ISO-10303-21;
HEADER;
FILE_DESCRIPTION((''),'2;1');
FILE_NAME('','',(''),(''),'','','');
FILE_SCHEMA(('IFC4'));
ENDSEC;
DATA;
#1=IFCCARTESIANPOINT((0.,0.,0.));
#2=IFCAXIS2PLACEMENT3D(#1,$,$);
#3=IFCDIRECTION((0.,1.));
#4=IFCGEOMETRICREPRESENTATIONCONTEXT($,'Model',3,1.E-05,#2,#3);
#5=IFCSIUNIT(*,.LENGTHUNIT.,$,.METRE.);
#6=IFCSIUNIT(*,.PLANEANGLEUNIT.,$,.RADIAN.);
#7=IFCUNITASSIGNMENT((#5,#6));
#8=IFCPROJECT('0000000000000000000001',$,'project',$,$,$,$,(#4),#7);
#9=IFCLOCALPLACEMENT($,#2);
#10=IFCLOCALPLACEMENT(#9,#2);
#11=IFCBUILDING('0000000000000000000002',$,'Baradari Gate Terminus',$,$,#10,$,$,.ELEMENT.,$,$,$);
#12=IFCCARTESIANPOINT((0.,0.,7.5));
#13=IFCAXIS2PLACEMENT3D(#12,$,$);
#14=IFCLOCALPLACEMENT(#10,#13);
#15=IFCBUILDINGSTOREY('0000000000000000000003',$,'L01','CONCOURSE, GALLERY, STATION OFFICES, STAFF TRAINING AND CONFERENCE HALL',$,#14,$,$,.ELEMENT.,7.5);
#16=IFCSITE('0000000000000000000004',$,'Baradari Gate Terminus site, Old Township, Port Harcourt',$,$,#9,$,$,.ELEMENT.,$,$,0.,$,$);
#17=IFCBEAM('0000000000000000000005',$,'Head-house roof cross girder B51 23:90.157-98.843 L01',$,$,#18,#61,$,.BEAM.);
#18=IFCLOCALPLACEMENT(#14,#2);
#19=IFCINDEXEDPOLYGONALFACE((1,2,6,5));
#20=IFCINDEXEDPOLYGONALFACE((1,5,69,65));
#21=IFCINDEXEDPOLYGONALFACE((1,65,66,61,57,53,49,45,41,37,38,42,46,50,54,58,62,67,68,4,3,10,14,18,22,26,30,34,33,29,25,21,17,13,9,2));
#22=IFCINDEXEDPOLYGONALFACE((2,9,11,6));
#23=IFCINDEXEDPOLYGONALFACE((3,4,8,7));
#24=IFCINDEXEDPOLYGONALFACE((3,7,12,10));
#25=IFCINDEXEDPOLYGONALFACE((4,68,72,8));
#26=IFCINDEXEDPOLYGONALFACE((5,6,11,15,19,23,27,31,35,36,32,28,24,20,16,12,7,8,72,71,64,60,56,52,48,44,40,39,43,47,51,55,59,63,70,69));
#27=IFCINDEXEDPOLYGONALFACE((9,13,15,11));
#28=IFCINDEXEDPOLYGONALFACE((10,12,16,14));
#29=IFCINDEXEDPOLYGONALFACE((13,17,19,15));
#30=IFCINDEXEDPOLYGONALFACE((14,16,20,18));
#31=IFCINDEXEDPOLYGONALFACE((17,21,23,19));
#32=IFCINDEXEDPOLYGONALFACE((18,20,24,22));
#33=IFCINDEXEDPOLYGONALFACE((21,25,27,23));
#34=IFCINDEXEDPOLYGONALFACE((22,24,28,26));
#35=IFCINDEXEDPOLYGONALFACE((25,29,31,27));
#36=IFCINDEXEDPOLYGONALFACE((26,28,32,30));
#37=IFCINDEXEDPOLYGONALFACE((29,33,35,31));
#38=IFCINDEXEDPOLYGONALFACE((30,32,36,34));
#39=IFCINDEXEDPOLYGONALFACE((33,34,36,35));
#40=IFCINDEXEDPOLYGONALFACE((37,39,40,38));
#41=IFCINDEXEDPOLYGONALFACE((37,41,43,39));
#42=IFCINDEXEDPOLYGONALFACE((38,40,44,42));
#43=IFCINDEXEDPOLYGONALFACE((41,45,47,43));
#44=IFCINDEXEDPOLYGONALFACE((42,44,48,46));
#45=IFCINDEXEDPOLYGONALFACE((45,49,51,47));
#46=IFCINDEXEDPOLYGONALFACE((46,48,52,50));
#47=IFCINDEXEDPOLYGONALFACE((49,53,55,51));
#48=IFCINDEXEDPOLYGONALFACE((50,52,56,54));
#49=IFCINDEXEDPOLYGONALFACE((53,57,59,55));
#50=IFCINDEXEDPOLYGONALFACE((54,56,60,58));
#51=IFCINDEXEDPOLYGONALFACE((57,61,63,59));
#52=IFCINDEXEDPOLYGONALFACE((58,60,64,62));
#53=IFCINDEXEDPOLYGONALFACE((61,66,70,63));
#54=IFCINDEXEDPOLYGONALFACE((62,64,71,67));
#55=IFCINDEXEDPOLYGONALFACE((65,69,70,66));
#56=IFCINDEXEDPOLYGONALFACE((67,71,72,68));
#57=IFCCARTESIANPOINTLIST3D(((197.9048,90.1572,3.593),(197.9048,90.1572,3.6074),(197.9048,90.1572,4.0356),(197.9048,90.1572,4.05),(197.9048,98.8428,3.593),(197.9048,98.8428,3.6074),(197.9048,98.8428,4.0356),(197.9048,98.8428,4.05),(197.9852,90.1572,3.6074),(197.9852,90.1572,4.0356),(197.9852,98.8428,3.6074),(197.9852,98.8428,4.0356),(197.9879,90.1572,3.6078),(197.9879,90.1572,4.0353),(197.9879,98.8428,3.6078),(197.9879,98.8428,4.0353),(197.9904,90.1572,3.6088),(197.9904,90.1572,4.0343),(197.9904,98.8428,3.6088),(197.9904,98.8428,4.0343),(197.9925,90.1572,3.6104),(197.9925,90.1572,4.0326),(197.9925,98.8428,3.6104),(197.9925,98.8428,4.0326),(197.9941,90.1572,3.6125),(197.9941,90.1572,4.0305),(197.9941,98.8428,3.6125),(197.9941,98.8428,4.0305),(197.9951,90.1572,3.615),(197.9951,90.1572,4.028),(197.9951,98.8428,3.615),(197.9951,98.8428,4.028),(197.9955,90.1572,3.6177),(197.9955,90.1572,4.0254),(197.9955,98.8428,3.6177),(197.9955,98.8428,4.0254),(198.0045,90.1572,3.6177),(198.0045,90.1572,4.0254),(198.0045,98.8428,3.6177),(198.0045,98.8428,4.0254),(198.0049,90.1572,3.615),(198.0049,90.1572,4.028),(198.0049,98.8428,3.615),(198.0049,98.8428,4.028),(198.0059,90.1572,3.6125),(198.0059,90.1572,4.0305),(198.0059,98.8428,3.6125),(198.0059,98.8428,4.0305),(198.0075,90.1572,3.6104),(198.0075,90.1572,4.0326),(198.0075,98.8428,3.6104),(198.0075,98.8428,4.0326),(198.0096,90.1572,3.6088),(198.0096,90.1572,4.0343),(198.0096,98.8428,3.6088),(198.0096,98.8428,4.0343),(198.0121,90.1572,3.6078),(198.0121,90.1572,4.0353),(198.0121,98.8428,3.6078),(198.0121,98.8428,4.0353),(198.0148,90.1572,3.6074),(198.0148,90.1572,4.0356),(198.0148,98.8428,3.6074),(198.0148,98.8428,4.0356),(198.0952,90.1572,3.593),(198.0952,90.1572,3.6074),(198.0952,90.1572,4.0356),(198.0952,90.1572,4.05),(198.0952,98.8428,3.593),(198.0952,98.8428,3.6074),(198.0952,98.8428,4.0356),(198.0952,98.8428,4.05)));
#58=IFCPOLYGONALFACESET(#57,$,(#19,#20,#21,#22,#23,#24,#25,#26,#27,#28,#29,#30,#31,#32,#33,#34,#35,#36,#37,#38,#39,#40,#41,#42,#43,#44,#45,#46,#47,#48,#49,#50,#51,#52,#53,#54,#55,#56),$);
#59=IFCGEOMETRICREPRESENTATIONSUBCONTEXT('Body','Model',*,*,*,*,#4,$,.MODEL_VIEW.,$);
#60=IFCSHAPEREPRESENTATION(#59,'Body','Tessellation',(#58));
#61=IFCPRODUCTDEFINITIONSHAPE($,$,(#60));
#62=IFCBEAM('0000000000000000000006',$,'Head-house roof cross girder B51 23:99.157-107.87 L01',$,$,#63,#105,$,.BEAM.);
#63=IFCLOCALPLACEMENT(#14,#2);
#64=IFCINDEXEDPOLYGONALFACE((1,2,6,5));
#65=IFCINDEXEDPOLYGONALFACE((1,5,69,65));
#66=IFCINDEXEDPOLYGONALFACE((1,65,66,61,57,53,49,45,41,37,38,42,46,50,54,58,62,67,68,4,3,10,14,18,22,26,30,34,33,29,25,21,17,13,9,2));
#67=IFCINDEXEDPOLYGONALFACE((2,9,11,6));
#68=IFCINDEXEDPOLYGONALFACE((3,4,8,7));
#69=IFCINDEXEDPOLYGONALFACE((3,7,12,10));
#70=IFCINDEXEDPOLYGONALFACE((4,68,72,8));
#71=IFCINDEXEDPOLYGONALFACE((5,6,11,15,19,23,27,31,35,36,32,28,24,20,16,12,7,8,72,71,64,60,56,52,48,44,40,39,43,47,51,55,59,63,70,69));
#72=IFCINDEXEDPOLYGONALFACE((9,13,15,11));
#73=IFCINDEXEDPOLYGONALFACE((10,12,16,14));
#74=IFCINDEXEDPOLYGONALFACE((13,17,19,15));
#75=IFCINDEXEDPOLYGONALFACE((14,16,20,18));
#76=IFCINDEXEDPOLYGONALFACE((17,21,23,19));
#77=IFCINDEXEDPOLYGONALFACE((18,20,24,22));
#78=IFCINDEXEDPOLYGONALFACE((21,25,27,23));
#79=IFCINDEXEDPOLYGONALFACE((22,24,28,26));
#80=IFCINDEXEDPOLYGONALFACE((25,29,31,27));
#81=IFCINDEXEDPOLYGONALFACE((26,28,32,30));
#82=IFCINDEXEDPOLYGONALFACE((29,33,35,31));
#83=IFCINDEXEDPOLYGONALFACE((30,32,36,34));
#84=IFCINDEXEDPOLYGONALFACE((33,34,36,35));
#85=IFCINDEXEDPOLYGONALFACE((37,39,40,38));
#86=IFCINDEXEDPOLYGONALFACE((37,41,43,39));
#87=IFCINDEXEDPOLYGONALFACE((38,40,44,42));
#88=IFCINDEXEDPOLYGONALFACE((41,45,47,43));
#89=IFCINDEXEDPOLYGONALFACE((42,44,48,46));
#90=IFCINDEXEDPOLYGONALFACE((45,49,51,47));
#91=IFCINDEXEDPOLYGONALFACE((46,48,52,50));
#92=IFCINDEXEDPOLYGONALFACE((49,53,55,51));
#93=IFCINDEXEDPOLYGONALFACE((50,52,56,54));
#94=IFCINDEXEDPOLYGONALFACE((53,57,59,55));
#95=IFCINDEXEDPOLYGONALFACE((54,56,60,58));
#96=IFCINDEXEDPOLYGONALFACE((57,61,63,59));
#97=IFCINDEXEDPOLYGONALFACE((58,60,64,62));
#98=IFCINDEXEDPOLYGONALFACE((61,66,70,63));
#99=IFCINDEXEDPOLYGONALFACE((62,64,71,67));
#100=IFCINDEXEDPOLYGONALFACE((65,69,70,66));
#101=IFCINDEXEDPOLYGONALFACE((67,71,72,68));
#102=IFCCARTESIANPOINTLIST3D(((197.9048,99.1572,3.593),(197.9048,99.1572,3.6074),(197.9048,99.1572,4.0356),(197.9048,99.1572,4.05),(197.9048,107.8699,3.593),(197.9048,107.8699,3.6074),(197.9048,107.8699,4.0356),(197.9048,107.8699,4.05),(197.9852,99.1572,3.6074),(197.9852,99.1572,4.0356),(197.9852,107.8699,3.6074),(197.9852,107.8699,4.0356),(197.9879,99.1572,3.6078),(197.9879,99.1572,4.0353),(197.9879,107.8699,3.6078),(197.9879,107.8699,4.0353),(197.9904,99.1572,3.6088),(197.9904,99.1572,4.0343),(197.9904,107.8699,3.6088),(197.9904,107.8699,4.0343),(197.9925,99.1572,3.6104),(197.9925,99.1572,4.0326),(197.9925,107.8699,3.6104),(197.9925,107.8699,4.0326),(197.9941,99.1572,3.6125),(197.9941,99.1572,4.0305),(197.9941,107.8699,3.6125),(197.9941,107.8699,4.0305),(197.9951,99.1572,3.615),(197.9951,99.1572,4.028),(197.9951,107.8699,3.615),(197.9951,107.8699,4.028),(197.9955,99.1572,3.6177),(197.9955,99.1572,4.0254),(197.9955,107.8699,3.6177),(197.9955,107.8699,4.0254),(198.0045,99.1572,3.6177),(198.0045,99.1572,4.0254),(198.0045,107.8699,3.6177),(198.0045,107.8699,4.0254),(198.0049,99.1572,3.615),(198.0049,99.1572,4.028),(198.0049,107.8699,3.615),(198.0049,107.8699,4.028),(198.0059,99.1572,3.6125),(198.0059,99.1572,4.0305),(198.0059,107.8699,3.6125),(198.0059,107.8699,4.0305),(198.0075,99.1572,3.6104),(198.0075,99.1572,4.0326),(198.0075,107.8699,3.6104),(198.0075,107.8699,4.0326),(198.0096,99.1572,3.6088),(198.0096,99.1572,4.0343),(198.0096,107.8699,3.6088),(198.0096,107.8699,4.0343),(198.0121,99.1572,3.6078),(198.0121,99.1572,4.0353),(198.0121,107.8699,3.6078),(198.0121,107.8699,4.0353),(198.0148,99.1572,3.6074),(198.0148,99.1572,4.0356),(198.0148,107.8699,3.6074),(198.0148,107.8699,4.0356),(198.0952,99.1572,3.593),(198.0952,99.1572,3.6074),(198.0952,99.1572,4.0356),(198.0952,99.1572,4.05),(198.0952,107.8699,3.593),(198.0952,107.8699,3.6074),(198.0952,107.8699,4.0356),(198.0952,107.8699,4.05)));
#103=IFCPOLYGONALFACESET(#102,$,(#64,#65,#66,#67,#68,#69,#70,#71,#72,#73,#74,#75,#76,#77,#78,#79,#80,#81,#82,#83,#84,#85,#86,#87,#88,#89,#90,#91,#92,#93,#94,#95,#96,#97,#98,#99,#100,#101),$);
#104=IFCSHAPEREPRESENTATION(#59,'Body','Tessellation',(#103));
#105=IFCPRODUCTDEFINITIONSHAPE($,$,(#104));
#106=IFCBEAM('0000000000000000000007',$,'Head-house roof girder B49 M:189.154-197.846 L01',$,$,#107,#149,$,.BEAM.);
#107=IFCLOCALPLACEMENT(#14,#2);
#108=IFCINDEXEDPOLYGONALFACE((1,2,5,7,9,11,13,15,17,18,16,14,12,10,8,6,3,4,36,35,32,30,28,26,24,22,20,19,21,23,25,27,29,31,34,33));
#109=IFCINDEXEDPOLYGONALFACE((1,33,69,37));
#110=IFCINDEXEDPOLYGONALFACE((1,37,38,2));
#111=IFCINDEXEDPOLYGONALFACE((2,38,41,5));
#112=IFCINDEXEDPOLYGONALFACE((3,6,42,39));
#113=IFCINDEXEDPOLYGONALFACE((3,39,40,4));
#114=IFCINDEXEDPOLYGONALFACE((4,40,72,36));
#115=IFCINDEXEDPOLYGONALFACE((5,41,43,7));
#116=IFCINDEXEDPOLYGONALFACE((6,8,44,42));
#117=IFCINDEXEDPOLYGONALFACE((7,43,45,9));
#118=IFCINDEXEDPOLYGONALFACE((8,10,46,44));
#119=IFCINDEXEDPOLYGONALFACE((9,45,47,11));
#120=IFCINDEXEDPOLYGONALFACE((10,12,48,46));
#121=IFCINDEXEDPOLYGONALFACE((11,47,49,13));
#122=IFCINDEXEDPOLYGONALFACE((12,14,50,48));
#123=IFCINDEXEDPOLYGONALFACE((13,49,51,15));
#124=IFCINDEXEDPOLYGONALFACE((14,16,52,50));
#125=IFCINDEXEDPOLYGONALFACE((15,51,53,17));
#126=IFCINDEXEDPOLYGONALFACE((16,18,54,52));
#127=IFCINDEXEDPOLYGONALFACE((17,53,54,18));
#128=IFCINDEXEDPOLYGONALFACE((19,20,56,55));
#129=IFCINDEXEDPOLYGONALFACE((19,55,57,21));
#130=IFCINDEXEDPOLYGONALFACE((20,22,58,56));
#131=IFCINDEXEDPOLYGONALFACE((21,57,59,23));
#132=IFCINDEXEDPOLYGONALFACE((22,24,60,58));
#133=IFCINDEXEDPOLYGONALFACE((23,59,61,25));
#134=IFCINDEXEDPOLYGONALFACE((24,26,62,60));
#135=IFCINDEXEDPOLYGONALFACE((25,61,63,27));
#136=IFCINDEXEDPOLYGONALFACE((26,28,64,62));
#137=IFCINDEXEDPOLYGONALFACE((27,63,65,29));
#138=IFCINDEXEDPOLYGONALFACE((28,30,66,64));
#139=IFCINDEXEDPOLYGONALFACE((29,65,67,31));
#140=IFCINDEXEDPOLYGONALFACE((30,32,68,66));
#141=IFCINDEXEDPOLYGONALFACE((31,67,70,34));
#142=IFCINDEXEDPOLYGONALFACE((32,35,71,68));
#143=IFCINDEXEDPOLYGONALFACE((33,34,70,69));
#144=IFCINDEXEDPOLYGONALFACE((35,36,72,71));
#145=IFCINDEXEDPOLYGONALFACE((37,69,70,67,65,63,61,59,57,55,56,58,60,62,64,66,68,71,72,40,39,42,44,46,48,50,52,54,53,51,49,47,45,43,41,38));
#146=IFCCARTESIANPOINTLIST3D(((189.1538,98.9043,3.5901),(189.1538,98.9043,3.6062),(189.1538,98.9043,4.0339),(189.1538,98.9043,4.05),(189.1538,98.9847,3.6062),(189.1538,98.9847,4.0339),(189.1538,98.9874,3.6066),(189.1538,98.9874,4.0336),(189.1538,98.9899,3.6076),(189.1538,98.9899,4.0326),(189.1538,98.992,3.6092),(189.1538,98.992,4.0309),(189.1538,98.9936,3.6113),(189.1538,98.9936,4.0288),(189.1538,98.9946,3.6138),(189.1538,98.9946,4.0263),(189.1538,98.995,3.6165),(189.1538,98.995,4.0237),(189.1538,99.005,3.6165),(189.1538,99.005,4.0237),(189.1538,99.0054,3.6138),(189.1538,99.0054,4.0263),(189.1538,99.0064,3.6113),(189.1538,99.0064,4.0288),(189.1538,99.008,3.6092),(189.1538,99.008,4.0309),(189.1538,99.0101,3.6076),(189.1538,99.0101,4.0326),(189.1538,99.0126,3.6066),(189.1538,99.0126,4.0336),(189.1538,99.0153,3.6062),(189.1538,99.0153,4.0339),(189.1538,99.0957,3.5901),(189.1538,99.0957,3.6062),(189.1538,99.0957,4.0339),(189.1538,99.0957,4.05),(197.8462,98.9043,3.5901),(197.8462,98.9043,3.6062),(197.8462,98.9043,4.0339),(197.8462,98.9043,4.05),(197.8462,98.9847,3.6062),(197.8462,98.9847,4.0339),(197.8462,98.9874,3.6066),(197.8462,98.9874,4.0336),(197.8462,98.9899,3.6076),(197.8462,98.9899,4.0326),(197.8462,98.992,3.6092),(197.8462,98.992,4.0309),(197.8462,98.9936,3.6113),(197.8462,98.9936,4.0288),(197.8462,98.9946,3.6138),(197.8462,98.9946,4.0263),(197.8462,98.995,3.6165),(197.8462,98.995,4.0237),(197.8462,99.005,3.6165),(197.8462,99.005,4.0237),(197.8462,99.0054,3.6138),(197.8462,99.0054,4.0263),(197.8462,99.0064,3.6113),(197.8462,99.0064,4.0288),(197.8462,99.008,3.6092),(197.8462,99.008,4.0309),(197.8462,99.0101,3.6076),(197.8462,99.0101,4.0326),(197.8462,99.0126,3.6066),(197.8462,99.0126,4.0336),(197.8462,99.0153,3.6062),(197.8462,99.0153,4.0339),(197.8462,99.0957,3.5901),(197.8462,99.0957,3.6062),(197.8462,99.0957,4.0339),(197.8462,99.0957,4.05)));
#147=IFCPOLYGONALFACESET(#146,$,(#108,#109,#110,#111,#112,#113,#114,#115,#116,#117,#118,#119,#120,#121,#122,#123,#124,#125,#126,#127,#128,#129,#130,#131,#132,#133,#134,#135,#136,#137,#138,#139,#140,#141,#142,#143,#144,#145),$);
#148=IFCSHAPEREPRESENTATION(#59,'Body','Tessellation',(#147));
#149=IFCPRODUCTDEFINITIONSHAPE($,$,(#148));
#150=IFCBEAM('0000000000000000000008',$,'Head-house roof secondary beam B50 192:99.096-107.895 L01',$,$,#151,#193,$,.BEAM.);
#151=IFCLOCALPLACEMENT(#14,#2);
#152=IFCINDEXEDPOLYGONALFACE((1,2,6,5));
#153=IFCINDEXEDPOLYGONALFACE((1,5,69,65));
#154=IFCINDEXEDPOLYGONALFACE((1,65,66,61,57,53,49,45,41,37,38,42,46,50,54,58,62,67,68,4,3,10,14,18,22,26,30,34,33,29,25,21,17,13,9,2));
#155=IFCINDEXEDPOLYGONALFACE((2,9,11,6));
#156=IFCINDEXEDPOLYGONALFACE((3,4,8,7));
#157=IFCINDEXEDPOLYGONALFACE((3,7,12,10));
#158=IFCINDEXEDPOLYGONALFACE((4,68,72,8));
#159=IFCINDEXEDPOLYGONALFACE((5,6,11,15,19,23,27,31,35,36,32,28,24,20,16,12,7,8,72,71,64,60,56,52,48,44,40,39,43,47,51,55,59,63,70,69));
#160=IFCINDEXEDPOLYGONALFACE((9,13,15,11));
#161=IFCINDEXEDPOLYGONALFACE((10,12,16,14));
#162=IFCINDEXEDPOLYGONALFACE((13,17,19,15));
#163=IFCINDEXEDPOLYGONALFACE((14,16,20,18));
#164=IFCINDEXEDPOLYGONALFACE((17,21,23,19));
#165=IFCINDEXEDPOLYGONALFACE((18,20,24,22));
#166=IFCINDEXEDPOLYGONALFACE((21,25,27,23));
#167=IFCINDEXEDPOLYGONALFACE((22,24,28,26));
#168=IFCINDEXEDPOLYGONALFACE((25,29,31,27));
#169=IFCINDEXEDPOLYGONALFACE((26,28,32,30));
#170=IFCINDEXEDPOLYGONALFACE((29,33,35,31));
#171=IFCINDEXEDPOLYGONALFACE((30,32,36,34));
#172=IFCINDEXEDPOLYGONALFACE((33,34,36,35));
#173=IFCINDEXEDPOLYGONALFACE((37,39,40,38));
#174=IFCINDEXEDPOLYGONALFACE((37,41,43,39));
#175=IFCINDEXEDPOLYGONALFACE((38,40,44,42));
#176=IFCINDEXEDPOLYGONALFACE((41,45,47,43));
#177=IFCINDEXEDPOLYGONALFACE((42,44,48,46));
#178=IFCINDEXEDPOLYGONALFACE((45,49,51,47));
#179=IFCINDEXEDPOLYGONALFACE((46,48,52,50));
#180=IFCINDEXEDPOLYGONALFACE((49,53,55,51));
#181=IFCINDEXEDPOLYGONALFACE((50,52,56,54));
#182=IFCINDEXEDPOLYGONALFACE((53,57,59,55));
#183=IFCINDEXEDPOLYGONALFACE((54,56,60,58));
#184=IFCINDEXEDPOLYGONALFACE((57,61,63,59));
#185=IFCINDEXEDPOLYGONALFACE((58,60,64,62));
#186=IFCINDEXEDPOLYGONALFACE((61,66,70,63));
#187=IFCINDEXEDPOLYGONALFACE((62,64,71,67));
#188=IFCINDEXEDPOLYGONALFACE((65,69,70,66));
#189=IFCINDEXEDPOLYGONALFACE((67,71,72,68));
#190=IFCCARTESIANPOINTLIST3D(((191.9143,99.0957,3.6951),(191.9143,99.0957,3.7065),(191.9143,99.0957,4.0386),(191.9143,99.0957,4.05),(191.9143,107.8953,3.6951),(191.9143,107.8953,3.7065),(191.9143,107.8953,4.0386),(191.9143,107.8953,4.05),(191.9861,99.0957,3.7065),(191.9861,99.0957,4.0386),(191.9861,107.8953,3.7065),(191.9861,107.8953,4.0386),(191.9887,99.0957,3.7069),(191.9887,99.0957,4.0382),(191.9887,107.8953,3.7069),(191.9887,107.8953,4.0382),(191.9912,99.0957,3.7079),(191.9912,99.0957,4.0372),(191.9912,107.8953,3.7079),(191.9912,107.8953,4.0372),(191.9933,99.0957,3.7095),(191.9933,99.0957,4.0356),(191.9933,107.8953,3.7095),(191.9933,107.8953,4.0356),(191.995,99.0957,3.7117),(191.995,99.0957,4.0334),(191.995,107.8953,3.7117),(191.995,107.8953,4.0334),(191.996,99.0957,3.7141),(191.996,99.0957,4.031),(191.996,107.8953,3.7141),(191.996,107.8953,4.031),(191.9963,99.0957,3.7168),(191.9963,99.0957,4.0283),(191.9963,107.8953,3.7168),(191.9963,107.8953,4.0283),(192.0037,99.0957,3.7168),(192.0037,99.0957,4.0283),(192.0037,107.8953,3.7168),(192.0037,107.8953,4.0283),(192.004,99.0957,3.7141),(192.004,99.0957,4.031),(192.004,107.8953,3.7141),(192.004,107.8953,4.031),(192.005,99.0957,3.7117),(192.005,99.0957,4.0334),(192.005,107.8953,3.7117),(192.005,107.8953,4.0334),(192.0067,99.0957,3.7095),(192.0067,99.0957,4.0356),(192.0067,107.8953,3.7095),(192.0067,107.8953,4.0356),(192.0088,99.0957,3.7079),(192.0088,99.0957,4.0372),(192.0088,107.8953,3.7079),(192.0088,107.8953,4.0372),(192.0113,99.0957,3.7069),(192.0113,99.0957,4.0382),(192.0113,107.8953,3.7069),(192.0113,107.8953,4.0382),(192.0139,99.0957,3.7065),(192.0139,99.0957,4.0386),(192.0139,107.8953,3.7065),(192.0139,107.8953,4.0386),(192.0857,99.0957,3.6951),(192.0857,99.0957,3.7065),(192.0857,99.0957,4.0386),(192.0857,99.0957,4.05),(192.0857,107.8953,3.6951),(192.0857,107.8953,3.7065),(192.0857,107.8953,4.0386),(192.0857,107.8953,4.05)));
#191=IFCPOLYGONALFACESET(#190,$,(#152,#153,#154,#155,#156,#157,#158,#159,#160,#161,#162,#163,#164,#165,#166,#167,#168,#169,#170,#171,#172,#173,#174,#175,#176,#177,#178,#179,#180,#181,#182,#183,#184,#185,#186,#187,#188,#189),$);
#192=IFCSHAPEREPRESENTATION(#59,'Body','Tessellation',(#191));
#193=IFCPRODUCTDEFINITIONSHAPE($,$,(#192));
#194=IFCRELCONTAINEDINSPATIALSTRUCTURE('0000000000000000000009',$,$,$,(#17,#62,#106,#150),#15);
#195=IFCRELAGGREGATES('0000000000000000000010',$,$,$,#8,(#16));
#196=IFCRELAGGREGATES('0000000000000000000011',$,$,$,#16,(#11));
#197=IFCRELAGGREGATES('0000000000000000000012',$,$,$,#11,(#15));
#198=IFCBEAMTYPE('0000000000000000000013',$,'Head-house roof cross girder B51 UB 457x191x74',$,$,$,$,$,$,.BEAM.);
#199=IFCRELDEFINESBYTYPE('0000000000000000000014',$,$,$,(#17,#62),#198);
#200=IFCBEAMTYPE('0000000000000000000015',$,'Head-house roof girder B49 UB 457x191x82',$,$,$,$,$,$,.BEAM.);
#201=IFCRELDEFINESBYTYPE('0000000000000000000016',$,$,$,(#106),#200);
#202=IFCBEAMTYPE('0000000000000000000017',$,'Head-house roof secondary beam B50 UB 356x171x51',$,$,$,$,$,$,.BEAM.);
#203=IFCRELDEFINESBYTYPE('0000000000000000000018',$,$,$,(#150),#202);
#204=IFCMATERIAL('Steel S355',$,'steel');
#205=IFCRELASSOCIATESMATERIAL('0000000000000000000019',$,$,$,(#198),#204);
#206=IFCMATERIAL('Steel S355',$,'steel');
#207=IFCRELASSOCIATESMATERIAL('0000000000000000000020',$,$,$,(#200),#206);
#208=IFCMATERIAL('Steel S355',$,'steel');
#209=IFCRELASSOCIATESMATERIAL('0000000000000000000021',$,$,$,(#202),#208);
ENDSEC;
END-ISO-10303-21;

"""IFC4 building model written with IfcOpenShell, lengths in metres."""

from ifc_helpers import new_model, si_unit, direction, frame, origin, origin_2d, place, context, subcontext, project, spatial, i_section, extrude, material, material_profile, profile_set, type_object, element, save


model = new_model("IFC4")

# Units and contexts
model_context = context("Model", 3, precision=1e-05, world=origin(), true_north=direction((0.0, 1.0)))
body_context = subcontext(model_context, "Body", "Model", "MODEL_VIEW")
ifc_project = project(units=[si_unit("LENGTHUNIT", "METRE"), si_unit("PLANEANGLEUNIT", "RADIAN")], contexts=[model_context])

# Site, building, storey
site_placement = place(None, origin())
site = spatial("IfcSite", under=ifc_project, at=site_placement, Name="Baradari Gate Terminus site, Old Township, Port Harcourt", CompositionType="ELEMENT", RefElevation=0.0)
building_placement = place(site_placement, origin())
building = spatial("IfcBuilding", under=site, at=building_placement, Name="Baradari Gate Terminus", CompositionType="ELEMENT")
storey_placement = place(building_placement, frame((0.0, 0.0, 7.5)))
storey = spatial("IfcBuildingStorey", under=building, at=storey_placement, Name="L01", Description="CONCOURSE, GALLERY, STATION OFFICES, STAFF TRAINING AND CONFERENCE HALL", CompositionType="ELEMENT", Elevation=7.5)

# Beams
ifc_material_1 = material(Name="Steel S355", Category="steel")
ifc_material_profile_1 = material_profile(ifc_material_1, i_section(OverallWidth=0.1904, OverallDepth=0.457, WebThickness=0.009, FlangeThickness=0.0144, FilletRadius=0.0103, at=origin_2d()), Name="UB 457x191x74")
ifc_profile_set_1 = profile_set([ifc_material_profile_1], Name="Steel S355")
beam_type_1 = type_object("IfcBeamType", Name="Head-house roof cross girder B51 UB 457x191x74", PredefinedType="BEAM", material=ifc_profile_set_1)
beam_1_placement = place(storey_placement, frame((198.0, 90.1572, 3.8215), z_axis=(0.0, 1.0, 0.0), x_axis=(-1.0, 0.0, 0.0)))
element("IfcBeam", 1, at=beam_1_placement, inside=storey, type_object=beam_type_1, Name="Head-house roof cross girder B51 23:90.157-98.843 L01", PredefinedType="BEAM", context=body_context, shape_type="SweptSolid", body=[
    extrude(i_section(OverallWidth=0.1904, OverallDepth=0.457, WebThickness=0.009, FlangeThickness=0.0144, FilletRadius=0.0103, at=origin_2d()), origin(), (0.0, 0.0, 1.0), 8.6855),
])
beam_2_placement = place(storey_placement, frame((198.0, 99.1572, 3.8215), z_axis=(0.0, 1.0, 0.0), x_axis=(-1.0, 0.0, 0.0)))
element("IfcBeam", 2, at=beam_2_placement, inside=storey, type_object=beam_type_1, Name="Head-house roof cross girder B51 23:99.157-107.87 L01", PredefinedType="BEAM", context=body_context, shape_type="SweptSolid", body=[
    extrude(i_section(OverallWidth=0.1904, OverallDepth=0.457, WebThickness=0.009, FlangeThickness=0.0144, FilletRadius=0.0103, at=origin_2d()), origin(), (0.0, 0.0, 1.0), 8.7126),
])
ifc_material_2 = material(Name="Steel S355", Category="steel")
ifc_material_profile_2 = material_profile(ifc_material_2, i_section(OverallWidth=0.1914, OverallDepth=0.46, WebThickness=0.01, FlangeThickness=0.0161, FilletRadius=0.0103, at=origin_2d()), Name="UB 457x191x82")
ifc_profile_set_2 = profile_set([ifc_material_profile_2], Name="Steel S355")
beam_type_2 = type_object("IfcBeamType", Name="Head-house roof girder B49 UB 457x191x82", PredefinedType="BEAM", material=ifc_profile_set_2)
beam_3_placement = place(storey_placement, frame((189.1538, 99.0, 3.8201), z_axis=(1.0, 0.0, 0.0), x_axis=(0.0, 1.0, 0.0)))
element("IfcBeam", 3, at=beam_3_placement, inside=storey, type_object=beam_type_2, Name="Head-house roof girder B49 M:189.154-197.846 L01", PredefinedType="BEAM", context=body_context, shape_type="SweptSolid", body=[
    extrude(i_section(OverallWidth=0.1914, OverallDepth=0.46, WebThickness=0.01, FlangeThickness=0.0161, FilletRadius=0.0103, at=origin_2d()), origin(), (0.0, 0.0, 1.0), 8.6924),
])
ifc_material_3 = material(Name="Steel S355", Category="steel")
ifc_material_profile_3 = material_profile(ifc_material_3, i_section(OverallWidth=0.1714, OverallDepth=0.355, WebThickness=0.0073, FlangeThickness=0.0115, FilletRadius=0.0103, at=origin_2d()), Name="UB 356x171x51")
ifc_profile_set_3 = profile_set([ifc_material_profile_3], Name="Steel S355")
beam_type_3 = type_object("IfcBeamType", Name="Head-house roof secondary beam B50 UB 356x171x51", PredefinedType="BEAM", material=ifc_profile_set_3)
for number, where, z_axis, x_axis, name in (
    (4, (192.0, 99.0957, 3.8726), (0.0, 1.0, 0.0), (-1.0, 0.0, 0.0), "Head-house roof secondary beam B50 192:99.096-107.895 L01"),
):
    element("IfcBeam", number, at=place(storey_placement, frame(where, z_axis=z_axis, x_axis=x_axis)), inside=storey, type_object=beam_type_3, Name=name, PredefinedType="BEAM", context=body_context, shape_type="SweptSolid", body=[
        extrude(i_section(OverallWidth=0.1714, OverallDepth=0.355, WebThickness=0.0073, FlangeThickness=0.0115, FilletRadius=0.0103, at=origin_2d()), origin(), (0.0, 0.0, 1.0), 8.7996),
    ])

save(model, "model.ifc")
